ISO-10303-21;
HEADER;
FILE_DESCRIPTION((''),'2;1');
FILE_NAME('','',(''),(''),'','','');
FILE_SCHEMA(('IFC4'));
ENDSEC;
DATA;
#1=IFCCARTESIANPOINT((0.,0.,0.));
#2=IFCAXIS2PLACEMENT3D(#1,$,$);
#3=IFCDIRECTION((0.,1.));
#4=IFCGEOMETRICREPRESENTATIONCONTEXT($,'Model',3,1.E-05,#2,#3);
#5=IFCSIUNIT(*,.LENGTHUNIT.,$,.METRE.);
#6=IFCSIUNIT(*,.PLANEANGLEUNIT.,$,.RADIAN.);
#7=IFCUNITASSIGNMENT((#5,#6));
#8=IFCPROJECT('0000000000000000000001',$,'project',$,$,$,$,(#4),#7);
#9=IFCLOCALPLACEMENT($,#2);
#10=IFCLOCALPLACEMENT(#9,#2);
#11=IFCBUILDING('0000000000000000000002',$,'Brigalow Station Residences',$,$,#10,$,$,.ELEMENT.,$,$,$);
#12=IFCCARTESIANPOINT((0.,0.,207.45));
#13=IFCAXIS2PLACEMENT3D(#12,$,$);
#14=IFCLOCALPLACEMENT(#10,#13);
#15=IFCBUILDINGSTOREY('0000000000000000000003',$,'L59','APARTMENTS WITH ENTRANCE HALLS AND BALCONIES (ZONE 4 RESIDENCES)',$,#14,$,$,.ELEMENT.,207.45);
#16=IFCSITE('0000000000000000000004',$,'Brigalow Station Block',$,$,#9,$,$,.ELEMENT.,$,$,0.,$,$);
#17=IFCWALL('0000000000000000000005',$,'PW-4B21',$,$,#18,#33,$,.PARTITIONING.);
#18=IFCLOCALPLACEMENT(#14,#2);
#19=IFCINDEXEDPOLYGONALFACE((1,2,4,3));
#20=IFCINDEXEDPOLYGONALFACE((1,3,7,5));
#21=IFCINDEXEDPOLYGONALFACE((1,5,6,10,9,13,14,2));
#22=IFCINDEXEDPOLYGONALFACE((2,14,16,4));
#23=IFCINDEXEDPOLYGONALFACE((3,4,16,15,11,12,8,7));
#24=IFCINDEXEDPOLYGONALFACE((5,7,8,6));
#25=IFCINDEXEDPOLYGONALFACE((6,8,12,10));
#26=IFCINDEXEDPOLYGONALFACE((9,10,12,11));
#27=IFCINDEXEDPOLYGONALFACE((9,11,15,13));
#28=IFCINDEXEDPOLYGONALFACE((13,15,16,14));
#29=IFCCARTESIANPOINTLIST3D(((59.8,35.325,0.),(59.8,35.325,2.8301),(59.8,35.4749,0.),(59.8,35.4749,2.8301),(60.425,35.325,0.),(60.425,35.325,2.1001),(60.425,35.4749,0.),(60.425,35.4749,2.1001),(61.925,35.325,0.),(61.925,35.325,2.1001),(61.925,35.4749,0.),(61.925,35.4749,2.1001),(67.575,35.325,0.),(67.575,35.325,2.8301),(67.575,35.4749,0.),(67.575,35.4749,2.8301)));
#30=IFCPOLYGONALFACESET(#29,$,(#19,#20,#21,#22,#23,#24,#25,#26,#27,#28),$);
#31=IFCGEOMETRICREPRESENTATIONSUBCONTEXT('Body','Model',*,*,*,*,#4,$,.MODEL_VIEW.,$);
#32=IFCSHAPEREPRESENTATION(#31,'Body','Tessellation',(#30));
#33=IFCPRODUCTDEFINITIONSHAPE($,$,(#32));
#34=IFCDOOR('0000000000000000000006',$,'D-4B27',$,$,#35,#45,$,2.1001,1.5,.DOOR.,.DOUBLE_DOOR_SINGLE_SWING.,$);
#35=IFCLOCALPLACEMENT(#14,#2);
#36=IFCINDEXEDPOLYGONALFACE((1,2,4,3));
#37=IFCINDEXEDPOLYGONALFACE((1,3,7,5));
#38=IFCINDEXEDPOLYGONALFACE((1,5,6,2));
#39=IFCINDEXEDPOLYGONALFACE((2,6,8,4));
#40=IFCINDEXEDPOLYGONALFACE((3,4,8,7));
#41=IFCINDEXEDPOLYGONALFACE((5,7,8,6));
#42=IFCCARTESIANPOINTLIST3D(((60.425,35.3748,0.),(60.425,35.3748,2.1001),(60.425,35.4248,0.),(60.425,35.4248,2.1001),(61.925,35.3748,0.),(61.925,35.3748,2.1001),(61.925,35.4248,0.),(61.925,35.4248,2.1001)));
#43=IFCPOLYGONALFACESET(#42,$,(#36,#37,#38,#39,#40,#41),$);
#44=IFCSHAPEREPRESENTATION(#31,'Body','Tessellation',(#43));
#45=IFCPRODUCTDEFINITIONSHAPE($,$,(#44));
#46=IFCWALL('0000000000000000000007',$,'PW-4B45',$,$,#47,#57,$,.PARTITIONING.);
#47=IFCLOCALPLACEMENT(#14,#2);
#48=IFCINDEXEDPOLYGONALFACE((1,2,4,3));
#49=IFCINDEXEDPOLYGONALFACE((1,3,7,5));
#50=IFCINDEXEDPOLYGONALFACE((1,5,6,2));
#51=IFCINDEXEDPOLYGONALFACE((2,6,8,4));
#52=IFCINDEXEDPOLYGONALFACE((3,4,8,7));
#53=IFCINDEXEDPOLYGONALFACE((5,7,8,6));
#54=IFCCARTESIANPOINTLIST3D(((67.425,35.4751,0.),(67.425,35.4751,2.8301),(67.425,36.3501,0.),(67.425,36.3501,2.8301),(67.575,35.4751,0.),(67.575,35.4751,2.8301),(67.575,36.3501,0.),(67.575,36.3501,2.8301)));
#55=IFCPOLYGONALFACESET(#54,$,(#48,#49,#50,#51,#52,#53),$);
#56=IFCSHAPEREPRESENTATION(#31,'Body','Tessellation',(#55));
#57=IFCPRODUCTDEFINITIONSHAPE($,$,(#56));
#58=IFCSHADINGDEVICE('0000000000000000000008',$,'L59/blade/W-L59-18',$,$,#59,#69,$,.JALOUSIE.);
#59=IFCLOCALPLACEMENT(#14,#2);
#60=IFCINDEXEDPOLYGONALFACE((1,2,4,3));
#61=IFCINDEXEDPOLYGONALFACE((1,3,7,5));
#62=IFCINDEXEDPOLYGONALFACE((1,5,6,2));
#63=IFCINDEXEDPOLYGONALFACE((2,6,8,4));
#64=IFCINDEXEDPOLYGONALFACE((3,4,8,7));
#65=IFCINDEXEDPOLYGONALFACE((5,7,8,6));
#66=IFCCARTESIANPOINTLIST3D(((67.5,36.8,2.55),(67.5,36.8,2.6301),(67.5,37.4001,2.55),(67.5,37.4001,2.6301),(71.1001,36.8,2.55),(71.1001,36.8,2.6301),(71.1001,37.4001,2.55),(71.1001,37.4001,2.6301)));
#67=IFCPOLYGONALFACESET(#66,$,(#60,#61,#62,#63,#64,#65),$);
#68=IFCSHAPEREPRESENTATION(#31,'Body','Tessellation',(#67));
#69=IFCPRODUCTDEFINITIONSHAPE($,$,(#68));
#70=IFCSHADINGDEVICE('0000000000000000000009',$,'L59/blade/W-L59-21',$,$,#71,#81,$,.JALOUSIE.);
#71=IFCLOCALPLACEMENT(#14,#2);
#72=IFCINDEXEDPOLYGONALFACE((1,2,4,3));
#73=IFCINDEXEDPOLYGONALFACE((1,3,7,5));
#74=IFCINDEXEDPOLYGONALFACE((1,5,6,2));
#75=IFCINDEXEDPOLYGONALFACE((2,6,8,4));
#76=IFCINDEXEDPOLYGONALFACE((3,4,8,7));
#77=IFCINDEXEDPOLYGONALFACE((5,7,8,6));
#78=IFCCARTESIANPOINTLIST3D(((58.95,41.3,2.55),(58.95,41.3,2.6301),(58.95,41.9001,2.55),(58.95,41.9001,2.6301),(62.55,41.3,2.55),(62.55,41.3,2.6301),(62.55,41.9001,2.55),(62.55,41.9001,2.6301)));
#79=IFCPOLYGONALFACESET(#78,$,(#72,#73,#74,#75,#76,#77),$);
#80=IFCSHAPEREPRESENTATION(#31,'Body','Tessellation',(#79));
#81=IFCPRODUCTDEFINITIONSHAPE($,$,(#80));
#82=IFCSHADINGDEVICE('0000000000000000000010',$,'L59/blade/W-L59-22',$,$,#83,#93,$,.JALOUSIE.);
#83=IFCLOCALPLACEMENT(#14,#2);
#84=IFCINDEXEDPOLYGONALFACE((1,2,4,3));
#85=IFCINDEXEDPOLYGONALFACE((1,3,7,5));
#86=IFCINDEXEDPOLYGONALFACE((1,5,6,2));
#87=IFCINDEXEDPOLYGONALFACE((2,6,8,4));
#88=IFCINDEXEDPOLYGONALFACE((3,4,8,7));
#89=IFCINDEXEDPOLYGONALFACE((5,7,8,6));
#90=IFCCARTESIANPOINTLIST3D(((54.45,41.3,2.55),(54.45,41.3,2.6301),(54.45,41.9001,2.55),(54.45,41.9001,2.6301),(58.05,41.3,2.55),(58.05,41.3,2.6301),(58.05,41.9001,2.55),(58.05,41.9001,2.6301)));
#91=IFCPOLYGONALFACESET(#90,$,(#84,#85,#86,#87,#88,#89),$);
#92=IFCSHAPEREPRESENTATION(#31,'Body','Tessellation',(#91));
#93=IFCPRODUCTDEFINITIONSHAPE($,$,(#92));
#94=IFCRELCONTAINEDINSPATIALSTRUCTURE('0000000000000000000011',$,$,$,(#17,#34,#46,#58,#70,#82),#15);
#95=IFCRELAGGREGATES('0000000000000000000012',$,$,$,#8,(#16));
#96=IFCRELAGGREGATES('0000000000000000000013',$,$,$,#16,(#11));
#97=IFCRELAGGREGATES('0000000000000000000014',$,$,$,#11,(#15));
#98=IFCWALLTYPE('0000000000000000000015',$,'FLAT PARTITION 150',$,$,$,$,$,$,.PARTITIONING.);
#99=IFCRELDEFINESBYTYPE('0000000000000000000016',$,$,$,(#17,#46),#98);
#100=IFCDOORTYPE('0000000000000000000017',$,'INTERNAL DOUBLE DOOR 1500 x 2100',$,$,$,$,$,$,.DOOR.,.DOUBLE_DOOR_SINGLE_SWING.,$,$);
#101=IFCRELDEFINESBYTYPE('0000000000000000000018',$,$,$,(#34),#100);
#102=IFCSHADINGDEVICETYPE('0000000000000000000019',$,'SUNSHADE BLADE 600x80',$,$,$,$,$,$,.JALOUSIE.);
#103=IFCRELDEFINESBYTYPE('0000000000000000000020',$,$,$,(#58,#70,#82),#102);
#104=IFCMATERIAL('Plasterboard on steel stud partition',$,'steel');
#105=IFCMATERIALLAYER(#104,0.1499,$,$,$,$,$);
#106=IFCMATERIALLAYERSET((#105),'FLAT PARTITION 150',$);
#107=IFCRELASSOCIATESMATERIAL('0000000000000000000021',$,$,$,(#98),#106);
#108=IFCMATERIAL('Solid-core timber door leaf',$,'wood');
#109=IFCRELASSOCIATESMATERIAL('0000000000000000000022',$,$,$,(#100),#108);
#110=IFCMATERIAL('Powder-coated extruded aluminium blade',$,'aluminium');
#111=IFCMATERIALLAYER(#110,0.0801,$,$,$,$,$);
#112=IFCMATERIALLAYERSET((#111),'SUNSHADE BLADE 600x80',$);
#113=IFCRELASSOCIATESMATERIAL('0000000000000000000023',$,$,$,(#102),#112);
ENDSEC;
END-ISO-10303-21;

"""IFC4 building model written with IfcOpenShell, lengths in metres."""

from ifc_helpers import new_model, si_unit, direction, frame, frame_2d, origin, origin_2d, place, context, subcontext, project, spatial, rectangle, extrude, material, layer, layer_set, type_object, element, fill, save


model = new_model("IFC4")

# Units and contexts
model_context = context("Model", 3, precision=1e-05, world=origin(), true_north=direction((0.0, 1.0)))
body_context = subcontext(model_context, "Body", "Model", "MODEL_VIEW")
ifc_project = project(units=[si_unit("LENGTHUNIT", "METRE"), si_unit("PLANEANGLEUNIT", "RADIAN")], contexts=[model_context])

# Site, building, storey
site_placement = place(None, origin())
site = spatial("IfcSite", under=ifc_project, at=site_placement, Name="Brigalow Station Block", CompositionType="ELEMENT", RefElevation=0.0)
building_placement = place(site_placement, origin())
building = spatial("IfcBuilding", under=site, at=building_placement, Name="Brigalow Station Residences", CompositionType="ELEMENT")
storey_placement = place(building_placement, frame((0.0, 0.0, 207.45)))
storey = spatial("IfcBuildingStorey", under=building, at=storey_placement, Name="L59", Description="APARTMENTS WITH ENTRANCE HALLS AND BALCONIES (ZONE 4 RESIDENCES)", CompositionType="ELEMENT", Elevation=207.45)

# Wall, opening, door
ifc_material_1 = material(Name="Plasterboard on steel stud partition", Category="steel")
ifc_layer_1 = layer(ifc_material_1, 0.1499)
ifc_layer_set_1 = layer_set([ifc_layer_1], Name="FLAT PARTITION 150")
wall_type_1 = type_object("IfcWallType", Name="FLAT PARTITION 150", PredefinedType="PARTITIONING", material=ifc_layer_set_1)
wall_1_placement = place(storey_placement, frame((59.8, 35.3999, 0.0), z_axis=(0.0, 0.0, 1.0), x_axis=(1.0, 0.0, 0.0)))
wall_1 = element("IfcWall", 1, at=wall_1_placement, inside=storey, type_object=wall_type_1, Name="PW-4B21", PredefinedType="PARTITIONING", context=body_context, shape_type="SweptSolid", body=[
    extrude(rectangle(XDim=7.7749, YDim=0.1499, at=frame_2d((3.8875, 0.0))), origin(), (0.0, 0.0, 1.0), 2.8301),
])
opening_1_placement = place(wall_1_placement, frame((0.625, 0.0, 0.0)))
opening_1 = element("IfcOpeningElement", 2, at=opening_1_placement, cuts=wall_1, PredefinedType="OPENING", context=body_context, shape_type="SweptSolid", body=[
    extrude(rectangle(XDim=1.5, YDim=2.1001, at=frame_2d((0.75, 1.05))), frame((0.0, 0.085, 0.0), z_axis=(0.0, -1.0, 0.0), x_axis=(1.0, 0.0, 0.0)), (0.0, 0.0, 1.0), 0.1699),
])
ifc_material_2 = material(Name="Solid-core timber door leaf", Category="wood")
door_type_1 = type_object("IfcDoorType", Name="INTERNAL DOUBLE DOOR 1500 x 2100", OperationType="DOUBLE_DOOR_SINGLE_SWING", PredefinedType="DOOR", material=ifc_material_2)
door_1_placement = place(opening_1_placement, origin())
door_1 = element("IfcDoor", 3, at=door_1_placement, inside=storey, type_object=door_type_1, Name="D-4B27", OperationType="DOUBLE_DOOR_SINGLE_SWING", OverallHeight=2.1001, OverallWidth=1.5, PredefinedType="DOOR", context=body_context, shape_type="SweptSolid", body=[
    extrude(rectangle(XDim=1.5, YDim=2.1001, at=frame_2d((0.75, 1.05))), frame((0.0, 0.0249, 0.0), z_axis=(0.0, -1.0, 0.0), x_axis=(1.0, 0.0, 0.0)), (0.0, 0.0, 1.0), 0.05),
])
fill(opening_1, door_1)

# Wall
wall_2_placement = place(storey_placement, frame((67.5, 35.4751, 0.0), z_axis=(0.0, 0.0, 1.0), x_axis=(0.0, 1.0, 0.0)))
element("IfcWall", 4, at=wall_2_placement, inside=storey, type_object=wall_type_1, Name="PW-4B45", PredefinedType="PARTITIONING", context=body_context, shape_type="SweptSolid", body=[
    extrude(rectangle(XDim=0.875, YDim=0.1499, at=frame_2d((0.4375, 0.0))), origin(), (0.0, 0.0, 1.0), 2.8301),
])

# Shading devices
ifc_material_3 = material(Name="Powder-coated extruded aluminium blade", Category="aluminium")
ifc_layer_2 = layer(ifc_material_3, 0.0801)
ifc_layer_set_2 = layer_set([ifc_layer_2], Name="SUNSHADE BLADE 600x80")
shading_device_type = type_object("IfcShadingDeviceType", Name="SUNSHADE BLADE 600x80", PredefinedType="JALOUSIE", material=ifc_layer_set_2)
for number, where, z_axis, x_axis, name in (
    (5, (69.3, 37.1001, 2.55), (0.0, 0.0, 1.0), (-1.0, 0.0, 0.0), "L59/blade/W-L59-18"),
    (6, (60.75, 41.6001, 2.55), (0.0, 0.0, 1.0), (-1.0, 0.0, 0.0), "L59/blade/W-L59-21"),
    (7, (56.25, 41.6001, 2.55), (0.0, 0.0, 1.0), (-1.0, 0.0, 0.0), "L59/blade/W-L59-22"),
):
    element("IfcShadingDevice", number, at=place(storey_placement, frame(where, z_axis=z_axis, x_axis=x_axis)), inside=storey, type_object=shading_device_type, Name=name, PredefinedType="JALOUSIE", context=body_context, shape_type="SweptSolid", body=[
        extrude(rectangle(XDim=3.6001, YDim=0.6001, at=origin_2d()), origin(), (0.0, 0.0, 1.0), 0.0801),
    ])

save(model, "model.ifc")
